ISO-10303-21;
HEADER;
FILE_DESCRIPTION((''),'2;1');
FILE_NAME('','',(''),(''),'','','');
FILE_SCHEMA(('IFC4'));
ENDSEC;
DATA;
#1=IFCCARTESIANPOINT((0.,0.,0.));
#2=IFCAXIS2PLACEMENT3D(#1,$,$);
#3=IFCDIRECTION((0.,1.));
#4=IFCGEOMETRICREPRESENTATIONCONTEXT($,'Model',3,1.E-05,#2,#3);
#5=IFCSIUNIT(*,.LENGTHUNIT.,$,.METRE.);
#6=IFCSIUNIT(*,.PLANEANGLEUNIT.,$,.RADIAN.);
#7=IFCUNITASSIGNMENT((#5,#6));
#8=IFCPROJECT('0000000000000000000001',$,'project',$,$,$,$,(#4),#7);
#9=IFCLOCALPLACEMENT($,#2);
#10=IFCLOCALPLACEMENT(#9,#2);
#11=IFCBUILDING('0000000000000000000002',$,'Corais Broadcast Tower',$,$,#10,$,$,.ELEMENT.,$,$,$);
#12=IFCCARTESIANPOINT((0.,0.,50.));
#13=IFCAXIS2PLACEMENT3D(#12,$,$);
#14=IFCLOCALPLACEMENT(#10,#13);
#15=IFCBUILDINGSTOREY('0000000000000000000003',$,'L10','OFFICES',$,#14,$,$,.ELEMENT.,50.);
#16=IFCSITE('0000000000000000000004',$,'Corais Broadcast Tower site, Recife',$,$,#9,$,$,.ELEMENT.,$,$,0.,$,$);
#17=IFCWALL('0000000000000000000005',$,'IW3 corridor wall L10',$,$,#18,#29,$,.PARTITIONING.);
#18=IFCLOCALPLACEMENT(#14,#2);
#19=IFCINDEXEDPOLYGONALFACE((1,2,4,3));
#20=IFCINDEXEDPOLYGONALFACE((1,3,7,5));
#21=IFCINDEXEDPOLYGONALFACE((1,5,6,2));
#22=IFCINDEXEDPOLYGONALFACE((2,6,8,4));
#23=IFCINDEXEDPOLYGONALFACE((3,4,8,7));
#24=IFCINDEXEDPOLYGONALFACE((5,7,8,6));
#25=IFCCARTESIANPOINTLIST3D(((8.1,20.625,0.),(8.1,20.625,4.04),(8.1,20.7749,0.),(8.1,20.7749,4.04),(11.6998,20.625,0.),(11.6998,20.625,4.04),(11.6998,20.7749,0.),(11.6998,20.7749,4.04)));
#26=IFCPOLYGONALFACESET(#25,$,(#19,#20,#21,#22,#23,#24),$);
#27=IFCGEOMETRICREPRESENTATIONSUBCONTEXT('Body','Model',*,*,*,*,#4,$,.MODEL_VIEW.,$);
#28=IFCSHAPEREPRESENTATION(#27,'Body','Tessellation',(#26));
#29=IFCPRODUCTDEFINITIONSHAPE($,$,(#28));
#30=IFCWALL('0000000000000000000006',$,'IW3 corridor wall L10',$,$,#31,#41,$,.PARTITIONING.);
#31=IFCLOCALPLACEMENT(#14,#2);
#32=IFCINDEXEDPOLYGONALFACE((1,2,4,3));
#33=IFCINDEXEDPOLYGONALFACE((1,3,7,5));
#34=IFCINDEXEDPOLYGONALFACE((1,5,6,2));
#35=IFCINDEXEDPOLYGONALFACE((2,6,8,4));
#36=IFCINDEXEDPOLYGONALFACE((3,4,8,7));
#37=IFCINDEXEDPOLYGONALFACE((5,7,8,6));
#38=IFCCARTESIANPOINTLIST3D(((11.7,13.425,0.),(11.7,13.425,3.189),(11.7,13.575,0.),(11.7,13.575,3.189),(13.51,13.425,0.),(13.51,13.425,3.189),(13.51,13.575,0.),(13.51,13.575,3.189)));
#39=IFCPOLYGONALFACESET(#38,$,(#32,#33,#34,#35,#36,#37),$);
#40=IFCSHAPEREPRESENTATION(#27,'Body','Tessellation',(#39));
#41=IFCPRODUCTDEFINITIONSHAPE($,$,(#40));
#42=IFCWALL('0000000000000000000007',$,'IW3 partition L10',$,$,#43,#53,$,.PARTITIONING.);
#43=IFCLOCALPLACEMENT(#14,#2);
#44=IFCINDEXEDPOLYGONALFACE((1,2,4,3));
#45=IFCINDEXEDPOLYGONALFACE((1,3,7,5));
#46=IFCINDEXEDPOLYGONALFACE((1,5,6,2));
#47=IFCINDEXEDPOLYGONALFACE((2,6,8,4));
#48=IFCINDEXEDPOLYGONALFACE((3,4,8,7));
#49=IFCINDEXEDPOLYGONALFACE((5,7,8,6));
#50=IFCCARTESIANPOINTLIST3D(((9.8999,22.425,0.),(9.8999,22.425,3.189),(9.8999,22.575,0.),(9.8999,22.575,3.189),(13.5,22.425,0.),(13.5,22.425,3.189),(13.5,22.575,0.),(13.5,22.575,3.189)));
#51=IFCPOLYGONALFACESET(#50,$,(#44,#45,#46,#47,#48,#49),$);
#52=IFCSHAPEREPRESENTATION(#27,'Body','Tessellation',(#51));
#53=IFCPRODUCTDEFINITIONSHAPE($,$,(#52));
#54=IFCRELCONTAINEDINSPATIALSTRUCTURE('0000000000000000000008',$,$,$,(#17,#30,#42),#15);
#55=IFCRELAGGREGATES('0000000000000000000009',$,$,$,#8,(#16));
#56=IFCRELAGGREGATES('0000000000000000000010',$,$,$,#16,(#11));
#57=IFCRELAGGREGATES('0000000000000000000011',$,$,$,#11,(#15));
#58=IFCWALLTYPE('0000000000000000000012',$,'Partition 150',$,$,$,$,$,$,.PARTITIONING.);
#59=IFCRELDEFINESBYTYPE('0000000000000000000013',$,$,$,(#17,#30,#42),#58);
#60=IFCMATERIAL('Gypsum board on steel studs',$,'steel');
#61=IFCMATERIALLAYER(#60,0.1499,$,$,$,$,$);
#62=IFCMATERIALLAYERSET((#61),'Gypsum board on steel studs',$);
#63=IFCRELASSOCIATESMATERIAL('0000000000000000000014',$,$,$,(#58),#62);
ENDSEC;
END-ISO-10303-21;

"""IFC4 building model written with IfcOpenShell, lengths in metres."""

from ifc_helpers import new_model, si_unit, direction, frame, frame_2d, origin, place, context, subcontext, project, spatial, rectangle, extrude, material, layer, layer_set, type_object, element, save


model = new_model("IFC4")

# Units and contexts
model_context = context("Model", 3, precision=1e-05, world=origin(), true_north=direction((0.0, 1.0)))
body_context = subcontext(model_context, "Body", "Model", "MODEL_VIEW")
ifc_project = project(units=[si_unit("LENGTHUNIT", "METRE"), si_unit("PLANEANGLEUNIT", "RADIAN")], contexts=[model_context])

# Site, building, storey
site_placement = place(None, origin())
site = spatial("IfcSite", under=ifc_project, at=site_placement, Name="Corais Broadcast Tower site, Recife", CompositionType="ELEMENT", RefElevation=0.0)
building_placement = place(site_placement, origin())
building = spatial("IfcBuilding", under=site, at=building_placement, Name="Corais Broadcast Tower", CompositionType="ELEMENT")
storey_placement = place(building_placement, frame((0.0, 0.0, 50.0)))
storey = spatial("IfcBuildingStorey", under=building, at=storey_placement, Name="L10", Description="OFFICES", CompositionType="ELEMENT", Elevation=50.0)

# Walls
ifc_material_1 = material(Name="Gypsum board on steel studs", Category="steel")
ifc_layer_1 = layer(ifc_material_1, 0.1499)
ifc_layer_set_1 = layer_set([ifc_layer_1], Name="Gypsum board on steel studs")
wall_type = type_object("IfcWallType", Name="Partition 150", PredefinedType="PARTITIONING", material=ifc_layer_set_1)
wall_1_placement = place(storey_placement, frame((8.1001, 20.7, 0.0), z_axis=(0.0, 0.0, 1.0), x_axis=(1.0, 0.0, 0.0)))
element("IfcWall", 1, at=wall_1_placement, inside=storey, type_object=wall_type, Name="IW3 corridor wall L10", PredefinedType="PARTITIONING", context=body_context, shape_type="SweptSolid", body=[
    extrude(rectangle(XDim=3.5999, YDim=0.1499, at=frame_2d((1.7998, 0.0))), origin(), (0.0, 0.0, 1.0), 4.04),
])
wall_2_placement = place(storey_placement, frame((11.7, 13.5, 0.0), z_axis=(0.0, 0.0, 1.0), x_axis=(1.0, 0.0, 0.0)))
element("IfcWall", 2, at=wall_2_placement, inside=storey, type_object=wall_type, Name="IW3 corridor wall L10", PredefinedType="PARTITIONING", context=body_context, shape_type="SweptSolid", body=[
    extrude(rectangle(XDim=1.8101, YDim=0.1499, at=frame_2d((0.905, 0.0))), origin(), (0.0, 0.0, 1.0), 3.189),
])
wall_3_placement = place(storey_placement, frame((9.8999, 22.5, 0.0), z_axis=(0.0, 0.0, 1.0), x_axis=(1.0, 0.0, 0.0)))
element("IfcWall", 3, at=wall_3_placement, inside=storey, type_object=wall_type, Name="IW3 partition L10", PredefinedType="PARTITIONING", context=body_context, shape_type="SweptSolid", body=[
    extrude(rectangle(XDim=3.6001, YDim=0.1499, at=frame_2d((1.8, 0.0))), origin(), (0.0, 0.0, 1.0), 3.189),
])

save(model, "model.ifc")
